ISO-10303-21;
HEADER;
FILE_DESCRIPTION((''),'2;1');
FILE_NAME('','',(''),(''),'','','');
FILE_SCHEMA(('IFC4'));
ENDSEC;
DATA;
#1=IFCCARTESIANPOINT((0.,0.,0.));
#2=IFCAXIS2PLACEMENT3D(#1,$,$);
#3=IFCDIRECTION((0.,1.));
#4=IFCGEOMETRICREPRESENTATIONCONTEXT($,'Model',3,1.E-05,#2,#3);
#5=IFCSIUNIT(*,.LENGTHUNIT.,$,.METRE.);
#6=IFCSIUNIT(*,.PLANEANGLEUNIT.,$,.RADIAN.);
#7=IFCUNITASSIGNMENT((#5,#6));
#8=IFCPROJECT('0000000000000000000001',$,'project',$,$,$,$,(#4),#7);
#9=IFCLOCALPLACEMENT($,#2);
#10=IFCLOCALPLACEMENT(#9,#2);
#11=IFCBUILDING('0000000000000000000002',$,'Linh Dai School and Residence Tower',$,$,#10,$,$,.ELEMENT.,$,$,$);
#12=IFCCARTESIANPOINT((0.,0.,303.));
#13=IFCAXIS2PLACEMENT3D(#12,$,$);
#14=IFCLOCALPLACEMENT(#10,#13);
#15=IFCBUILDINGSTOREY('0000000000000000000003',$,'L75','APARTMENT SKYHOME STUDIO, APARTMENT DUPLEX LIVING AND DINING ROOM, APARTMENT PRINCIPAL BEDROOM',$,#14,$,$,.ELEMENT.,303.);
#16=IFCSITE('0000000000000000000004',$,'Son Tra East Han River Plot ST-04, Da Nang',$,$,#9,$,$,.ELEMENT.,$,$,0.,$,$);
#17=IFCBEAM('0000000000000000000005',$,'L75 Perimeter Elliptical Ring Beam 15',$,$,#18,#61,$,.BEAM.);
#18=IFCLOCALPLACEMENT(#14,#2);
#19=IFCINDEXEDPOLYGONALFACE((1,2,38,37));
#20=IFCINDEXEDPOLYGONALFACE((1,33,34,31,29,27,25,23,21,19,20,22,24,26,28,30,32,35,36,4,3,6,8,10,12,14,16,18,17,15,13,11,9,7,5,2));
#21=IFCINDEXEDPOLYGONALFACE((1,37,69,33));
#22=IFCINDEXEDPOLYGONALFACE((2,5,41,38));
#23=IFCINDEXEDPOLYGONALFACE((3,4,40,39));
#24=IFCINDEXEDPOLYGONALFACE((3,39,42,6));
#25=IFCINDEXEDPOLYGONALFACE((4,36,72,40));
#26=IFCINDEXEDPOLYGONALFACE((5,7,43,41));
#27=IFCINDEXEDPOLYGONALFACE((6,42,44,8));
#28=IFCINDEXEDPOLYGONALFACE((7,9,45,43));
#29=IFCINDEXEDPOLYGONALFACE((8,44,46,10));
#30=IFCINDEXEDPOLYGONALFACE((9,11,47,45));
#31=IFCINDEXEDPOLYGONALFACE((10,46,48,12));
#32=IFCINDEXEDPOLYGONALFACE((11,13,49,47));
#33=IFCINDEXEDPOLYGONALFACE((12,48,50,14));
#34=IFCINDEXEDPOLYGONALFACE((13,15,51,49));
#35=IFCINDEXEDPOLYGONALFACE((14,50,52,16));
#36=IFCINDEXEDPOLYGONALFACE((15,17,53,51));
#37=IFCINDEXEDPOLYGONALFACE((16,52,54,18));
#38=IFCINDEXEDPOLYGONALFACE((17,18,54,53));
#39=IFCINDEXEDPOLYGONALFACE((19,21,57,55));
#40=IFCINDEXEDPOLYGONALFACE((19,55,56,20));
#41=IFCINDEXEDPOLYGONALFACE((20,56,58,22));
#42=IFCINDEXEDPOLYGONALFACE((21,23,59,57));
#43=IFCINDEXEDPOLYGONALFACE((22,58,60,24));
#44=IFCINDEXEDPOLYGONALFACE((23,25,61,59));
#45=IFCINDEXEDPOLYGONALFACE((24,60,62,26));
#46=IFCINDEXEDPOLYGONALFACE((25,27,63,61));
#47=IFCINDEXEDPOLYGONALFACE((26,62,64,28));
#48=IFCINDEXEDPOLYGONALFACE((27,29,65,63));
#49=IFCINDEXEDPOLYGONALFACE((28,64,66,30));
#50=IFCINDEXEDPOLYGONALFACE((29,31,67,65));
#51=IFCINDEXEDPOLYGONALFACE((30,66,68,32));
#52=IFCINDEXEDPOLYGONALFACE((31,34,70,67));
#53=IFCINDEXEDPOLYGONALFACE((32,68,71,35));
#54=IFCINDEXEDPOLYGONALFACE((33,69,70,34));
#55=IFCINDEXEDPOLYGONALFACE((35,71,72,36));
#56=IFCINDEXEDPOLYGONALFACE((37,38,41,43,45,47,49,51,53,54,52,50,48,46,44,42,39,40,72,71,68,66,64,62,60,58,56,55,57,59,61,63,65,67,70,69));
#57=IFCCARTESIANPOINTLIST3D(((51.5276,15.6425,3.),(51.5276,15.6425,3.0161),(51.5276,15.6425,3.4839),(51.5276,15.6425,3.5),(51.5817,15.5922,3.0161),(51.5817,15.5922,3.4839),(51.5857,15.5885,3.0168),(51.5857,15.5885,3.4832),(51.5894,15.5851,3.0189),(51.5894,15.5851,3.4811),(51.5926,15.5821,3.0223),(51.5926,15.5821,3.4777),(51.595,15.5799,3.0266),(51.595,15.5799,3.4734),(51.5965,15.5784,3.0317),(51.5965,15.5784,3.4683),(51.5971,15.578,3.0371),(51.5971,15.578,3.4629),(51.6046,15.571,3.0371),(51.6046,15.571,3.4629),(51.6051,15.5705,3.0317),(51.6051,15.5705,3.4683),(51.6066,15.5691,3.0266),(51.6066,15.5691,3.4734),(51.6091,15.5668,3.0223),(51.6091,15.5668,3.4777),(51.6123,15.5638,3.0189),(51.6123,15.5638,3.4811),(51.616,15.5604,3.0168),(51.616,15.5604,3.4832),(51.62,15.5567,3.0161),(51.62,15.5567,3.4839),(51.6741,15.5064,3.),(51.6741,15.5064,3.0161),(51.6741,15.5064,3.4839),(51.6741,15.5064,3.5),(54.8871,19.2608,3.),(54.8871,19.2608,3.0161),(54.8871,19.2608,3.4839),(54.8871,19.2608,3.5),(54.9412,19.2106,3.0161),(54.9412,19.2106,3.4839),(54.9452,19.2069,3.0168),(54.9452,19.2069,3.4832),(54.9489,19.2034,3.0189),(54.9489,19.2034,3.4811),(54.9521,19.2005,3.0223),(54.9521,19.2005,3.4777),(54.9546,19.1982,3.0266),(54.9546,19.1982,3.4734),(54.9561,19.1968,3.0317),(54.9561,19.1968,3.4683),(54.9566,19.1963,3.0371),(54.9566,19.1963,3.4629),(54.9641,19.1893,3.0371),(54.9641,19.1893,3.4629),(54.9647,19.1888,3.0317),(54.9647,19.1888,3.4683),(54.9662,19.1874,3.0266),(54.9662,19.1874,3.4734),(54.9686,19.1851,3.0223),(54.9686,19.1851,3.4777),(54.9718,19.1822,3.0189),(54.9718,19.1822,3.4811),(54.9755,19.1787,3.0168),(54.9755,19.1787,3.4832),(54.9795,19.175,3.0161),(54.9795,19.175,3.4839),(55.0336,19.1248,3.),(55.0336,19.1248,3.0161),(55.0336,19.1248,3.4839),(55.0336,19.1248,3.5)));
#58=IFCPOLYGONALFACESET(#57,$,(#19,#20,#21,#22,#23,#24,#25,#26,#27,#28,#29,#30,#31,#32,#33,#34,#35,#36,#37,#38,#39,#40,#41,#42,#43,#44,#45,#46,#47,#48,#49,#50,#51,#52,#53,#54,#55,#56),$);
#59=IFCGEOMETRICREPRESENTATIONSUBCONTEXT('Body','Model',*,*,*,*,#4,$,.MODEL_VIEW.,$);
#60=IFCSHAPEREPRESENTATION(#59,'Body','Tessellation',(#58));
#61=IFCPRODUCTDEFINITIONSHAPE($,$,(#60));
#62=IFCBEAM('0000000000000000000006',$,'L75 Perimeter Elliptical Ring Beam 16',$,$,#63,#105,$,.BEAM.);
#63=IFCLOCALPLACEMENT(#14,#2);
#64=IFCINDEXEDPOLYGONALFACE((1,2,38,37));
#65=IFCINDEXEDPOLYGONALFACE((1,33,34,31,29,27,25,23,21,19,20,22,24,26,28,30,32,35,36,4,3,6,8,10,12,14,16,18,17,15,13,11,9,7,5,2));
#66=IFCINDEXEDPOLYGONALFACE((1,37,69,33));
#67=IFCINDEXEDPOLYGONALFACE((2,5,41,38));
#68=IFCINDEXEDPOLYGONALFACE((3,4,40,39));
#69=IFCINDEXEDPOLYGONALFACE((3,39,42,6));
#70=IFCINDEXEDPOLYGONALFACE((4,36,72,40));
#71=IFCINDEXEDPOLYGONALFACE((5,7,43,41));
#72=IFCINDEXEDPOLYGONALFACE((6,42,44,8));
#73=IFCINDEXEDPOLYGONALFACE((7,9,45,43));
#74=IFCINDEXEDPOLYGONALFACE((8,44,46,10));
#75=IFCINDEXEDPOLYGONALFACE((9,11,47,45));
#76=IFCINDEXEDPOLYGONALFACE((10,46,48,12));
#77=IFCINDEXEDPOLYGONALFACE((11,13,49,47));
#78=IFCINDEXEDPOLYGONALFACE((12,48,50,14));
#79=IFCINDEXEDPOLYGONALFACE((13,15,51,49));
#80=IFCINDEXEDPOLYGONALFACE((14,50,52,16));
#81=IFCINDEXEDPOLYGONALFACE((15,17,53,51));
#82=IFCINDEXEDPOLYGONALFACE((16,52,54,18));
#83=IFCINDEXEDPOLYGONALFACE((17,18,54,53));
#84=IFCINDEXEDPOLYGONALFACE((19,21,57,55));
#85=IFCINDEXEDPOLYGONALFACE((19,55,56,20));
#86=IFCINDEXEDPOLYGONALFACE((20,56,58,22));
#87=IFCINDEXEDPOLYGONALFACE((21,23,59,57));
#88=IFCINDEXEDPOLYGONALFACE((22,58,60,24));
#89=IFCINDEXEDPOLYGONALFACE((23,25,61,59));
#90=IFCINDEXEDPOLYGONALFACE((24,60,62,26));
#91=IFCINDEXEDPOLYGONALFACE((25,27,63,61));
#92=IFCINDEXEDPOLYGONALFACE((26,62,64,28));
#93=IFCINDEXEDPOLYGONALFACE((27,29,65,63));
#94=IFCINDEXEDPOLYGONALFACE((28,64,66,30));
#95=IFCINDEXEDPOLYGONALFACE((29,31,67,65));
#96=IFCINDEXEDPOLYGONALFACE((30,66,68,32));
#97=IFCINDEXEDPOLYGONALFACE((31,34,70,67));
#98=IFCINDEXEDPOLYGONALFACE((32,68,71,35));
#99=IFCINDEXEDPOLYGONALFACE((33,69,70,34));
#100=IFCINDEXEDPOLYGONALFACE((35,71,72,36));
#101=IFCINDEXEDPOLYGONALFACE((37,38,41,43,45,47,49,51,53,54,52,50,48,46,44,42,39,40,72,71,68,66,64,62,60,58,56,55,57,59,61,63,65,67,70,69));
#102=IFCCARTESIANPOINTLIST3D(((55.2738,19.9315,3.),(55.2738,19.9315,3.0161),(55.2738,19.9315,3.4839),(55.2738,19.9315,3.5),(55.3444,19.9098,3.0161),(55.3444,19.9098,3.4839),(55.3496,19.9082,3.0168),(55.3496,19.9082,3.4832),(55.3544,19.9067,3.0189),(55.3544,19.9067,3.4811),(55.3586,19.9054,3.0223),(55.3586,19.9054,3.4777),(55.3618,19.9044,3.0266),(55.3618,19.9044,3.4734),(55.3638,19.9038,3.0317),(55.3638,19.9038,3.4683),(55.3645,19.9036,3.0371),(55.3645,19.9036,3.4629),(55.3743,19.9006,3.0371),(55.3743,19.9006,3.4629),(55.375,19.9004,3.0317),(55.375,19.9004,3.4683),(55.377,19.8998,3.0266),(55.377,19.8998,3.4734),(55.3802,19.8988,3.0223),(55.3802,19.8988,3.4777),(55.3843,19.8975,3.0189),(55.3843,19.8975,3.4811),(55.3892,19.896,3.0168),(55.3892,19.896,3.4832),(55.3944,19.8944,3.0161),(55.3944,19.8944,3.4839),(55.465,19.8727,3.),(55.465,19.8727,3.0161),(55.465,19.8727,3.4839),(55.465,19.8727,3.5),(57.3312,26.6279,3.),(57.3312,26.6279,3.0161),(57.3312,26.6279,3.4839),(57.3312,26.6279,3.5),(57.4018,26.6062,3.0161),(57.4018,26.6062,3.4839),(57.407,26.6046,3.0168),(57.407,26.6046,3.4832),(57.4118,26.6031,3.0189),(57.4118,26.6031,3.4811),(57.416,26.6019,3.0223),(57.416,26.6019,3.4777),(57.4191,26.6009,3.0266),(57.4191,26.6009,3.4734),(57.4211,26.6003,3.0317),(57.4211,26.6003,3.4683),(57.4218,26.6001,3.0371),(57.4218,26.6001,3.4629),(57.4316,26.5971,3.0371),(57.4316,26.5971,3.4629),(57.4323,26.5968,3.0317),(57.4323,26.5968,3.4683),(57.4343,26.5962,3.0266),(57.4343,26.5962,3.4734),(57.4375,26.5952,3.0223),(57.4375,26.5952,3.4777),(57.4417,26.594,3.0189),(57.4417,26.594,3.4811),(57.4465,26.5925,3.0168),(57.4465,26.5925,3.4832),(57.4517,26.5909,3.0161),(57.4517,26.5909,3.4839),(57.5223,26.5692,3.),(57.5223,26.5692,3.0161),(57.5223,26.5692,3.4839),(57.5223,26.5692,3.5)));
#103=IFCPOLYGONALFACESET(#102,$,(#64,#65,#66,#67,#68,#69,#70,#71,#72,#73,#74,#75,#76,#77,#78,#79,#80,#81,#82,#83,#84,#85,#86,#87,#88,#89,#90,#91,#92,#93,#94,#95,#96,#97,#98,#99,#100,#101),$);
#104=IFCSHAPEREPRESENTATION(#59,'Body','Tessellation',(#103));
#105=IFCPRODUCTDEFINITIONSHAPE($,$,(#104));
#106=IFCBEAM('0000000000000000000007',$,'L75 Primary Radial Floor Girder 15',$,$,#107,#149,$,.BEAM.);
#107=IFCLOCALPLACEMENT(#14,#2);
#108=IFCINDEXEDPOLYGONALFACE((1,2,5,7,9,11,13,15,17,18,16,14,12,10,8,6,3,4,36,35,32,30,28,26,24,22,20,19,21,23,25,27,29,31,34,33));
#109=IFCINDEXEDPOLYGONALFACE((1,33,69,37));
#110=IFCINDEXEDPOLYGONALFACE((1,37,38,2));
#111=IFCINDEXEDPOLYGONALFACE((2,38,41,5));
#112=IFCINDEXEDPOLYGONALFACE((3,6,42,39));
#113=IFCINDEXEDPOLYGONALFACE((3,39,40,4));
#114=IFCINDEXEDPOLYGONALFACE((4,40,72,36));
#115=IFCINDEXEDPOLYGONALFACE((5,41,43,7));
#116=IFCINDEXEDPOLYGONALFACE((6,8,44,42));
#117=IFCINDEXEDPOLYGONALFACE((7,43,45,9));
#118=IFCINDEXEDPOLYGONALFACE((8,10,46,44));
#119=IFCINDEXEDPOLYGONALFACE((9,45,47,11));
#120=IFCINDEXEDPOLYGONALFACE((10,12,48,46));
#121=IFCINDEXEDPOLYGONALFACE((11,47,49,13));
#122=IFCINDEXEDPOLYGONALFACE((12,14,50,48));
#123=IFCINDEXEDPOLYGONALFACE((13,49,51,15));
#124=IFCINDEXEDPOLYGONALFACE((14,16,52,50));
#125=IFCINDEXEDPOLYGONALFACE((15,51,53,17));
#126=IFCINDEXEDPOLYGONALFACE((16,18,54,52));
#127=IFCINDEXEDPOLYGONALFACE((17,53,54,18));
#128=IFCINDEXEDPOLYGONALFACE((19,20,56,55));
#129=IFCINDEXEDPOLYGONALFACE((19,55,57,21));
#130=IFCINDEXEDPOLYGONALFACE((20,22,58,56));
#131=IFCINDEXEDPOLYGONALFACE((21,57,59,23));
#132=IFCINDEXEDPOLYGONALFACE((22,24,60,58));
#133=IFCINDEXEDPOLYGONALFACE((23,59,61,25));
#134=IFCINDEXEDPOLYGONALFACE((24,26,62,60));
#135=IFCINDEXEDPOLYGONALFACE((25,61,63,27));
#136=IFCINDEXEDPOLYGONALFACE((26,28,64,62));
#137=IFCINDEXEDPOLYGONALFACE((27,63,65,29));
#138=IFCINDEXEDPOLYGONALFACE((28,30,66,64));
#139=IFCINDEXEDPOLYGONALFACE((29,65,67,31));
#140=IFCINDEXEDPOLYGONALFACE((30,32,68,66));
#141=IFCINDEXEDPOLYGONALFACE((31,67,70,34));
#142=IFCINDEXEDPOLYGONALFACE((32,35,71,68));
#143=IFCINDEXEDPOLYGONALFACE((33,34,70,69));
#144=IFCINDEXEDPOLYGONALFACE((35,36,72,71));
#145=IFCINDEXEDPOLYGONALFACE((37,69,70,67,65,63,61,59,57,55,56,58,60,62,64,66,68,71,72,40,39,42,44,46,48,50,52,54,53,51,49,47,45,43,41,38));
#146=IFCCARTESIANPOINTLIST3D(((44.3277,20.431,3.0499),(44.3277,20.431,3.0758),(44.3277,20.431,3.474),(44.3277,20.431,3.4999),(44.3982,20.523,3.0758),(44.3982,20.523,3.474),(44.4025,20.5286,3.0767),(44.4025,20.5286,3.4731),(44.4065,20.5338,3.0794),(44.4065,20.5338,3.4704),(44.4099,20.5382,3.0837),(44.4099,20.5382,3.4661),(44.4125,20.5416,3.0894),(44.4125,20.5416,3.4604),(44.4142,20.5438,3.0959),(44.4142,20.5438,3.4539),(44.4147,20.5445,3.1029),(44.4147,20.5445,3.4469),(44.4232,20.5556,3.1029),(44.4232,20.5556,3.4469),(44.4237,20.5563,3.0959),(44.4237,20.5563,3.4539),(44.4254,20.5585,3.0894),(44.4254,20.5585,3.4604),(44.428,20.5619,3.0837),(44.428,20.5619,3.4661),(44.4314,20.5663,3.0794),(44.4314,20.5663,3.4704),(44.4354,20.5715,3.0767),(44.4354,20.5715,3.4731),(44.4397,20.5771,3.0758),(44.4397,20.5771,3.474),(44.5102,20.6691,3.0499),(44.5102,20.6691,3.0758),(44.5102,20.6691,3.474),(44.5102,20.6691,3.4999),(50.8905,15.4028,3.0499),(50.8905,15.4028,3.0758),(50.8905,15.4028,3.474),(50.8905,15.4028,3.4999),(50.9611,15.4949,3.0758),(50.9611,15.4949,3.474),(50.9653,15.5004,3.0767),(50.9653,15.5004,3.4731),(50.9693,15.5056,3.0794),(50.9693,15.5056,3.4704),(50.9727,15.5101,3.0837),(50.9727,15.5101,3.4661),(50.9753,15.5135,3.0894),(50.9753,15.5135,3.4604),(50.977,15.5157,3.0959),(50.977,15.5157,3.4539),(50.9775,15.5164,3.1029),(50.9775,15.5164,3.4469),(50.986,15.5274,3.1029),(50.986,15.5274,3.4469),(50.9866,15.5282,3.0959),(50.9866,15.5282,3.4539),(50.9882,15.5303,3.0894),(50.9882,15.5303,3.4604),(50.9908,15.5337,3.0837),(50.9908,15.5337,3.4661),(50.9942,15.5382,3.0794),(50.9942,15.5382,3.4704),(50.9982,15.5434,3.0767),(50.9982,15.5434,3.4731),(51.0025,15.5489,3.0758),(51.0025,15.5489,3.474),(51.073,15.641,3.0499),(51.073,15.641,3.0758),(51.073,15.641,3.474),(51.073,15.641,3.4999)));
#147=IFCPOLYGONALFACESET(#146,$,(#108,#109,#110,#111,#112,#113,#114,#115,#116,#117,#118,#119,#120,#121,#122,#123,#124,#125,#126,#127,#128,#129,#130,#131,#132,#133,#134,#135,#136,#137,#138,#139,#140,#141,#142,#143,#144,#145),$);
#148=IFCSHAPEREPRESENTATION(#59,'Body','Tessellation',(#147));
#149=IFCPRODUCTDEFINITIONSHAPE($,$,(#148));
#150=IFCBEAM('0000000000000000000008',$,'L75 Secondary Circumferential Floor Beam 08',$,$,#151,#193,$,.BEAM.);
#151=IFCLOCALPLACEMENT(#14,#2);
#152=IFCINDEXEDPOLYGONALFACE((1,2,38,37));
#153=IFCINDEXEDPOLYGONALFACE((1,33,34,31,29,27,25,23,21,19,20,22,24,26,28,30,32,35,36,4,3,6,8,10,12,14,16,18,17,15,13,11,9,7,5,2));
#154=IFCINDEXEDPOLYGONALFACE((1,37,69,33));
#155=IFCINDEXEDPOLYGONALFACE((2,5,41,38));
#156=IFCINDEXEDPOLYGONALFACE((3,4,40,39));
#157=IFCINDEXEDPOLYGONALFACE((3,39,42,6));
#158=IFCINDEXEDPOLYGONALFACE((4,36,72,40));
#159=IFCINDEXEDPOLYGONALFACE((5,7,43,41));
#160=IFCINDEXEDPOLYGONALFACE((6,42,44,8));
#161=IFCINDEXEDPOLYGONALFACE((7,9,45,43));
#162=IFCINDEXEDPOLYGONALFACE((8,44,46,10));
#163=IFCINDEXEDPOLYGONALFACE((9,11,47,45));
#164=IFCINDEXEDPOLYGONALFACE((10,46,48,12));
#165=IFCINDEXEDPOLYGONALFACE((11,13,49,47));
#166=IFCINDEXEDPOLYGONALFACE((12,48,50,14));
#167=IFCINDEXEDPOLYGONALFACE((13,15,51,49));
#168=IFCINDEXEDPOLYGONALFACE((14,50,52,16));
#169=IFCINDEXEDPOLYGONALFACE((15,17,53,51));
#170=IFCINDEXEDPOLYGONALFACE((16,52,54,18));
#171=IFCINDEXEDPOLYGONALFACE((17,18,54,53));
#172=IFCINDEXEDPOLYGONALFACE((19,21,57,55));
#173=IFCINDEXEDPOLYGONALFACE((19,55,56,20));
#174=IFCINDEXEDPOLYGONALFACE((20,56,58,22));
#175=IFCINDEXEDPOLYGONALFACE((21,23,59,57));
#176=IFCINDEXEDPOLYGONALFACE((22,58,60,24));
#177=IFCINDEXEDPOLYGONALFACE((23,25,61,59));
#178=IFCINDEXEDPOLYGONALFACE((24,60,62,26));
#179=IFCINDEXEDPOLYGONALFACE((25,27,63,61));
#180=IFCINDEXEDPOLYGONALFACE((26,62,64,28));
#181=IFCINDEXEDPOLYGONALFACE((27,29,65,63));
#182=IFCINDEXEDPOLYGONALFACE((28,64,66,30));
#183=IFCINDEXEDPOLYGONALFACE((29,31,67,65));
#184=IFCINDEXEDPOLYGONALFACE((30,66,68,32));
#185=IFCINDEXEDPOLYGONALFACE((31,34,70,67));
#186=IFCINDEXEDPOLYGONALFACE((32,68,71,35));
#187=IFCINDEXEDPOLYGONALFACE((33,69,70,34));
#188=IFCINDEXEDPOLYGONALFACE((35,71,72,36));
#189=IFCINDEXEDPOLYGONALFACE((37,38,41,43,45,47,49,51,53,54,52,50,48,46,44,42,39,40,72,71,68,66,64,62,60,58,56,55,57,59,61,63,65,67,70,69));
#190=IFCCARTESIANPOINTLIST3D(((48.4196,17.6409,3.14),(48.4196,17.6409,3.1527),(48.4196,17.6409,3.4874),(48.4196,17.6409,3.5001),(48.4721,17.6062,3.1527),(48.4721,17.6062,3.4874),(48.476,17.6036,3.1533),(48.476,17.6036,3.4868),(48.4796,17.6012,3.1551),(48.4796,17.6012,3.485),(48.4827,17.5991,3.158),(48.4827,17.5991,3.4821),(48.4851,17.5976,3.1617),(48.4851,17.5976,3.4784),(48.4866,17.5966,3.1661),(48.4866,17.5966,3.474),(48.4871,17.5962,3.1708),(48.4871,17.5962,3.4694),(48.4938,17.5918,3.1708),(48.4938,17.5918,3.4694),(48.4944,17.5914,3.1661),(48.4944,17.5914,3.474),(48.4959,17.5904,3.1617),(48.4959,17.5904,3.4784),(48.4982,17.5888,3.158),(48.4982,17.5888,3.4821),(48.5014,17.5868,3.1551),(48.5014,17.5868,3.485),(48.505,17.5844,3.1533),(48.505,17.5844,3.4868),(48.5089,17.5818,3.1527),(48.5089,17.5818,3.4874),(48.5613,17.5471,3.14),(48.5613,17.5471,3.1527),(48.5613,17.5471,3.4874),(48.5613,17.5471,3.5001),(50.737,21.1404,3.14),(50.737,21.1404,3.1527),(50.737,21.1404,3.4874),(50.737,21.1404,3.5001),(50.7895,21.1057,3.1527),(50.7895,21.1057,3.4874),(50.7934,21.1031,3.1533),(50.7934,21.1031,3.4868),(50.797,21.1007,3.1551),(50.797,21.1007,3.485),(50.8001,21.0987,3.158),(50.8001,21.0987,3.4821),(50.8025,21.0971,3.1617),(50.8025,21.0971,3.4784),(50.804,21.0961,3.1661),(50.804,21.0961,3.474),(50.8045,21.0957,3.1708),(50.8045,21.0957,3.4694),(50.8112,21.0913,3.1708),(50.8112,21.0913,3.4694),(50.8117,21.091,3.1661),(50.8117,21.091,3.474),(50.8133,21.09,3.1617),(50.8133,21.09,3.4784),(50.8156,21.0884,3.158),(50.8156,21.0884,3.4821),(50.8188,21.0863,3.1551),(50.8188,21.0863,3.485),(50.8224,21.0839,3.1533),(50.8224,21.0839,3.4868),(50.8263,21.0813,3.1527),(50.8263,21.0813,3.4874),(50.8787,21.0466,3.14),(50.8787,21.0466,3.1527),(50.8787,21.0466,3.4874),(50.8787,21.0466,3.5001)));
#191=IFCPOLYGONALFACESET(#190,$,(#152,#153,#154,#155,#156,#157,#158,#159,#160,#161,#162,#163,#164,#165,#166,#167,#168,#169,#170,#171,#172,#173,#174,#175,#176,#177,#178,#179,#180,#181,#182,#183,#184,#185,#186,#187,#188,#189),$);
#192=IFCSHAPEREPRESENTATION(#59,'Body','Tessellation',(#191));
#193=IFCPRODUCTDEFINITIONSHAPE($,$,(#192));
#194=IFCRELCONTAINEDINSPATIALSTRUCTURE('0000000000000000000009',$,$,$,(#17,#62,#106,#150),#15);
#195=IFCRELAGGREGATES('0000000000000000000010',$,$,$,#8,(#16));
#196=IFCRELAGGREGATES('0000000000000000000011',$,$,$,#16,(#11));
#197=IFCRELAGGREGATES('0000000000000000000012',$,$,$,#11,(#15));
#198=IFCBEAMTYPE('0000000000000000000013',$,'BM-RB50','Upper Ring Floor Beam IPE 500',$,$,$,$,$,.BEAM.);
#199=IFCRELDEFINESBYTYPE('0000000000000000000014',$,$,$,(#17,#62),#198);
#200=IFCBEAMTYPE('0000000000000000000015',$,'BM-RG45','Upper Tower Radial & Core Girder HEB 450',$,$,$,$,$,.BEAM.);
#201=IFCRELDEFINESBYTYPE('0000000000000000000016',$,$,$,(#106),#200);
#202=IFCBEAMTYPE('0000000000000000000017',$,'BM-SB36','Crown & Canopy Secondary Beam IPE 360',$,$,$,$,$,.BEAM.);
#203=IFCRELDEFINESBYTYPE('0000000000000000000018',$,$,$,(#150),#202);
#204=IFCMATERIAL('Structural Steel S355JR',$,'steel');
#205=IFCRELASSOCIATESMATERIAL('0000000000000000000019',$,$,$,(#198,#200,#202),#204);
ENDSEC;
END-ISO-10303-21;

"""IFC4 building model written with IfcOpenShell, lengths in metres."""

from ifc_helpers import new_model, si_unit, direction, frame, origin, origin_2d, place, context, subcontext, project, spatial, i_section, extrude, material, material_profile, profile_set, type_object, element, save


model = new_model("IFC4")

# Units and contexts
model_context = context("Model", 3, precision=1e-05, world=origin(), true_north=direction((0.0, 1.0)))
body_context = subcontext(model_context, "Body", "Model", "MODEL_VIEW")
ifc_project = project(units=[si_unit("LENGTHUNIT", "METRE"), si_unit("PLANEANGLEUNIT", "RADIAN")], contexts=[model_context])

# Site, building, storey
site_placement = place(None, origin())
site = spatial("IfcSite", under=ifc_project, at=site_placement, Name="Son Tra East Han River Plot ST-04, Da Nang", CompositionType="ELEMENT", RefElevation=0.0)
building_placement = place(site_placement, origin())
building = spatial("IfcBuilding", under=site, at=building_placement, Name="Linh Dai School and Residence Tower", CompositionType="ELEMENT")
storey_placement = place(building_placement, frame((0.0, 0.0, 303.0)))
storey = spatial("IfcBuildingStorey", under=building, at=storey_placement, Name="L75", Description="APARTMENT SKYHOME STUDIO, APARTMENT DUPLEX LIVING AND DINING ROOM, APARTMENT PRINCIPAL BEDROOM", CompositionType="ELEMENT", Elevation=303.0)

# Shared definitions
ifc_material_1 = material(Name="Structural Steel S355JR", Category="steel")

# Beams
ifc_material_profile_1 = material_profile(ifc_material_1, i_section(OverallWidth=0.2, OverallDepth=0.5, WebThickness=0.0103, FlangeThickness=0.0161, FilletRadius=0.021, at=origin_2d()), Name="IPE 500")
ifc_profile_set_1 = profile_set([ifc_material_profile_1], Name="Structural Steel S355JR")
beam_type_1 = type_object("IfcBeamType", Name="BM-RB50", Description="Upper Ring Floor Beam IPE 500", PredefinedType="BEAM", material=ifc_profile_set_1)
beam_1_placement = place(storey_placement, frame((51.6008, 15.5745, 3.25), z_axis=(0.680415, 0.732827, 0.0), x_axis=(-0.732827, 0.680415, 0.0)))
element("IfcBeam", 1, at=beam_1_placement, inside=storey, type_object=beam_type_1, Name="L75 Perimeter Elliptical Ring Beam 15", PredefinedType="BEAM", context=body_context, shape_type="SweptSolid", body=[
    extrude(i_section(OverallWidth=0.2, OverallDepth=0.5, WebThickness=0.0103, FlangeThickness=0.0161, FilletRadius=0.021, at=origin_2d()), origin(), (0.0, 0.0, 1.0), 4.9375),
])
beam_2_placement = place(storey_placement, frame((55.3694, 19.9021, 3.25), z_axis=(0.293682, 0.955903, 0.0), x_axis=(-0.955903, 0.293682, 0.0)))
element("IfcBeam", 2, at=beam_2_placement, inside=storey, type_object=beam_type_1, Name="L75 Perimeter Elliptical Ring Beam 16", PredefinedType="BEAM", context=body_context, shape_type="SweptSolid", body=[
    extrude(i_section(OverallWidth=0.2, OverallDepth=0.5, WebThickness=0.0103, FlangeThickness=0.0161, FilletRadius=0.021, at=origin_2d()), origin(), (0.0, 0.0, 1.0), 7.0054),
])
ifc_material_profile_2 = material_profile(ifc_material_1, i_section(OverallWidth=0.3, OverallDepth=0.45, WebThickness=0.0139, FlangeThickness=0.0259, FilletRadius=0.0271, at=origin_2d()), Name="HEB 450")
ifc_profile_set_2 = profile_set([ifc_material_profile_2], Name="Structural Steel S355JR")
beam_type_2 = type_object("IfcBeamType", Name="BM-RG45", Description="Upper Tower Radial & Core Girder HEB 450", PredefinedType="BEAM", material=ifc_profile_set_2)
beam_3_placement = place(storey_placement, frame((44.4189, 20.55, 3.2749), z_axis=(0.793803, -0.608175, 0.0), x_axis=(0.608175, 0.793803, 0.0)))
element("IfcBeam", 3, at=beam_3_placement, inside=storey, type_object=beam_type_2, Name="L75 Primary Radial Floor Girder 15", PredefinedType="BEAM", context=body_context, shape_type="SweptSolid", body=[
    extrude(i_section(OverallWidth=0.3, OverallDepth=0.45, WebThickness=0.0139, FlangeThickness=0.0259, FilletRadius=0.0271, at=origin_2d()), origin(), (0.0, 0.0, 1.0), 8.2676),
])
ifc_material_profile_3 = material_profile(ifc_material_1, i_section(OverallWidth=0.1699, OverallDepth=0.3601, WebThickness=0.0081, FlangeThickness=0.0127, FilletRadius=0.0181, at=origin_2d()), Name="IPE 360")
ifc_profile_set_3 = profile_set([ifc_material_profile_3], Name="Structural Steel S355JR")
beam_type_3 = type_object("IfcBeamType", Name="BM-SB36", Description="Crown & Canopy Secondary Beam IPE 360", PredefinedType="BEAM", material=ifc_profile_set_3)
beam_4_placement = place(storey_placement, frame((48.4905, 17.594, 3.3201), z_axis=(0.55212, 0.833764, 0.0), x_axis=(-0.833764, 0.55212, 0.0)))
element("IfcBeam", 4, at=beam_4_placement, inside=storey, type_object=beam_type_3, Name="L75 Secondary Circumferential Floor Beam 08", PredefinedType="BEAM", context=body_context, shape_type="SweptSolid", body=[
    extrude(i_section(OverallWidth=0.1699, OverallDepth=0.3601, WebThickness=0.0081, FlangeThickness=0.0127, FilletRadius=0.0181, at=origin_2d()), origin(), (0.0, 0.0, 1.0), 4.1973),
])

save(model, "model.ifc")
